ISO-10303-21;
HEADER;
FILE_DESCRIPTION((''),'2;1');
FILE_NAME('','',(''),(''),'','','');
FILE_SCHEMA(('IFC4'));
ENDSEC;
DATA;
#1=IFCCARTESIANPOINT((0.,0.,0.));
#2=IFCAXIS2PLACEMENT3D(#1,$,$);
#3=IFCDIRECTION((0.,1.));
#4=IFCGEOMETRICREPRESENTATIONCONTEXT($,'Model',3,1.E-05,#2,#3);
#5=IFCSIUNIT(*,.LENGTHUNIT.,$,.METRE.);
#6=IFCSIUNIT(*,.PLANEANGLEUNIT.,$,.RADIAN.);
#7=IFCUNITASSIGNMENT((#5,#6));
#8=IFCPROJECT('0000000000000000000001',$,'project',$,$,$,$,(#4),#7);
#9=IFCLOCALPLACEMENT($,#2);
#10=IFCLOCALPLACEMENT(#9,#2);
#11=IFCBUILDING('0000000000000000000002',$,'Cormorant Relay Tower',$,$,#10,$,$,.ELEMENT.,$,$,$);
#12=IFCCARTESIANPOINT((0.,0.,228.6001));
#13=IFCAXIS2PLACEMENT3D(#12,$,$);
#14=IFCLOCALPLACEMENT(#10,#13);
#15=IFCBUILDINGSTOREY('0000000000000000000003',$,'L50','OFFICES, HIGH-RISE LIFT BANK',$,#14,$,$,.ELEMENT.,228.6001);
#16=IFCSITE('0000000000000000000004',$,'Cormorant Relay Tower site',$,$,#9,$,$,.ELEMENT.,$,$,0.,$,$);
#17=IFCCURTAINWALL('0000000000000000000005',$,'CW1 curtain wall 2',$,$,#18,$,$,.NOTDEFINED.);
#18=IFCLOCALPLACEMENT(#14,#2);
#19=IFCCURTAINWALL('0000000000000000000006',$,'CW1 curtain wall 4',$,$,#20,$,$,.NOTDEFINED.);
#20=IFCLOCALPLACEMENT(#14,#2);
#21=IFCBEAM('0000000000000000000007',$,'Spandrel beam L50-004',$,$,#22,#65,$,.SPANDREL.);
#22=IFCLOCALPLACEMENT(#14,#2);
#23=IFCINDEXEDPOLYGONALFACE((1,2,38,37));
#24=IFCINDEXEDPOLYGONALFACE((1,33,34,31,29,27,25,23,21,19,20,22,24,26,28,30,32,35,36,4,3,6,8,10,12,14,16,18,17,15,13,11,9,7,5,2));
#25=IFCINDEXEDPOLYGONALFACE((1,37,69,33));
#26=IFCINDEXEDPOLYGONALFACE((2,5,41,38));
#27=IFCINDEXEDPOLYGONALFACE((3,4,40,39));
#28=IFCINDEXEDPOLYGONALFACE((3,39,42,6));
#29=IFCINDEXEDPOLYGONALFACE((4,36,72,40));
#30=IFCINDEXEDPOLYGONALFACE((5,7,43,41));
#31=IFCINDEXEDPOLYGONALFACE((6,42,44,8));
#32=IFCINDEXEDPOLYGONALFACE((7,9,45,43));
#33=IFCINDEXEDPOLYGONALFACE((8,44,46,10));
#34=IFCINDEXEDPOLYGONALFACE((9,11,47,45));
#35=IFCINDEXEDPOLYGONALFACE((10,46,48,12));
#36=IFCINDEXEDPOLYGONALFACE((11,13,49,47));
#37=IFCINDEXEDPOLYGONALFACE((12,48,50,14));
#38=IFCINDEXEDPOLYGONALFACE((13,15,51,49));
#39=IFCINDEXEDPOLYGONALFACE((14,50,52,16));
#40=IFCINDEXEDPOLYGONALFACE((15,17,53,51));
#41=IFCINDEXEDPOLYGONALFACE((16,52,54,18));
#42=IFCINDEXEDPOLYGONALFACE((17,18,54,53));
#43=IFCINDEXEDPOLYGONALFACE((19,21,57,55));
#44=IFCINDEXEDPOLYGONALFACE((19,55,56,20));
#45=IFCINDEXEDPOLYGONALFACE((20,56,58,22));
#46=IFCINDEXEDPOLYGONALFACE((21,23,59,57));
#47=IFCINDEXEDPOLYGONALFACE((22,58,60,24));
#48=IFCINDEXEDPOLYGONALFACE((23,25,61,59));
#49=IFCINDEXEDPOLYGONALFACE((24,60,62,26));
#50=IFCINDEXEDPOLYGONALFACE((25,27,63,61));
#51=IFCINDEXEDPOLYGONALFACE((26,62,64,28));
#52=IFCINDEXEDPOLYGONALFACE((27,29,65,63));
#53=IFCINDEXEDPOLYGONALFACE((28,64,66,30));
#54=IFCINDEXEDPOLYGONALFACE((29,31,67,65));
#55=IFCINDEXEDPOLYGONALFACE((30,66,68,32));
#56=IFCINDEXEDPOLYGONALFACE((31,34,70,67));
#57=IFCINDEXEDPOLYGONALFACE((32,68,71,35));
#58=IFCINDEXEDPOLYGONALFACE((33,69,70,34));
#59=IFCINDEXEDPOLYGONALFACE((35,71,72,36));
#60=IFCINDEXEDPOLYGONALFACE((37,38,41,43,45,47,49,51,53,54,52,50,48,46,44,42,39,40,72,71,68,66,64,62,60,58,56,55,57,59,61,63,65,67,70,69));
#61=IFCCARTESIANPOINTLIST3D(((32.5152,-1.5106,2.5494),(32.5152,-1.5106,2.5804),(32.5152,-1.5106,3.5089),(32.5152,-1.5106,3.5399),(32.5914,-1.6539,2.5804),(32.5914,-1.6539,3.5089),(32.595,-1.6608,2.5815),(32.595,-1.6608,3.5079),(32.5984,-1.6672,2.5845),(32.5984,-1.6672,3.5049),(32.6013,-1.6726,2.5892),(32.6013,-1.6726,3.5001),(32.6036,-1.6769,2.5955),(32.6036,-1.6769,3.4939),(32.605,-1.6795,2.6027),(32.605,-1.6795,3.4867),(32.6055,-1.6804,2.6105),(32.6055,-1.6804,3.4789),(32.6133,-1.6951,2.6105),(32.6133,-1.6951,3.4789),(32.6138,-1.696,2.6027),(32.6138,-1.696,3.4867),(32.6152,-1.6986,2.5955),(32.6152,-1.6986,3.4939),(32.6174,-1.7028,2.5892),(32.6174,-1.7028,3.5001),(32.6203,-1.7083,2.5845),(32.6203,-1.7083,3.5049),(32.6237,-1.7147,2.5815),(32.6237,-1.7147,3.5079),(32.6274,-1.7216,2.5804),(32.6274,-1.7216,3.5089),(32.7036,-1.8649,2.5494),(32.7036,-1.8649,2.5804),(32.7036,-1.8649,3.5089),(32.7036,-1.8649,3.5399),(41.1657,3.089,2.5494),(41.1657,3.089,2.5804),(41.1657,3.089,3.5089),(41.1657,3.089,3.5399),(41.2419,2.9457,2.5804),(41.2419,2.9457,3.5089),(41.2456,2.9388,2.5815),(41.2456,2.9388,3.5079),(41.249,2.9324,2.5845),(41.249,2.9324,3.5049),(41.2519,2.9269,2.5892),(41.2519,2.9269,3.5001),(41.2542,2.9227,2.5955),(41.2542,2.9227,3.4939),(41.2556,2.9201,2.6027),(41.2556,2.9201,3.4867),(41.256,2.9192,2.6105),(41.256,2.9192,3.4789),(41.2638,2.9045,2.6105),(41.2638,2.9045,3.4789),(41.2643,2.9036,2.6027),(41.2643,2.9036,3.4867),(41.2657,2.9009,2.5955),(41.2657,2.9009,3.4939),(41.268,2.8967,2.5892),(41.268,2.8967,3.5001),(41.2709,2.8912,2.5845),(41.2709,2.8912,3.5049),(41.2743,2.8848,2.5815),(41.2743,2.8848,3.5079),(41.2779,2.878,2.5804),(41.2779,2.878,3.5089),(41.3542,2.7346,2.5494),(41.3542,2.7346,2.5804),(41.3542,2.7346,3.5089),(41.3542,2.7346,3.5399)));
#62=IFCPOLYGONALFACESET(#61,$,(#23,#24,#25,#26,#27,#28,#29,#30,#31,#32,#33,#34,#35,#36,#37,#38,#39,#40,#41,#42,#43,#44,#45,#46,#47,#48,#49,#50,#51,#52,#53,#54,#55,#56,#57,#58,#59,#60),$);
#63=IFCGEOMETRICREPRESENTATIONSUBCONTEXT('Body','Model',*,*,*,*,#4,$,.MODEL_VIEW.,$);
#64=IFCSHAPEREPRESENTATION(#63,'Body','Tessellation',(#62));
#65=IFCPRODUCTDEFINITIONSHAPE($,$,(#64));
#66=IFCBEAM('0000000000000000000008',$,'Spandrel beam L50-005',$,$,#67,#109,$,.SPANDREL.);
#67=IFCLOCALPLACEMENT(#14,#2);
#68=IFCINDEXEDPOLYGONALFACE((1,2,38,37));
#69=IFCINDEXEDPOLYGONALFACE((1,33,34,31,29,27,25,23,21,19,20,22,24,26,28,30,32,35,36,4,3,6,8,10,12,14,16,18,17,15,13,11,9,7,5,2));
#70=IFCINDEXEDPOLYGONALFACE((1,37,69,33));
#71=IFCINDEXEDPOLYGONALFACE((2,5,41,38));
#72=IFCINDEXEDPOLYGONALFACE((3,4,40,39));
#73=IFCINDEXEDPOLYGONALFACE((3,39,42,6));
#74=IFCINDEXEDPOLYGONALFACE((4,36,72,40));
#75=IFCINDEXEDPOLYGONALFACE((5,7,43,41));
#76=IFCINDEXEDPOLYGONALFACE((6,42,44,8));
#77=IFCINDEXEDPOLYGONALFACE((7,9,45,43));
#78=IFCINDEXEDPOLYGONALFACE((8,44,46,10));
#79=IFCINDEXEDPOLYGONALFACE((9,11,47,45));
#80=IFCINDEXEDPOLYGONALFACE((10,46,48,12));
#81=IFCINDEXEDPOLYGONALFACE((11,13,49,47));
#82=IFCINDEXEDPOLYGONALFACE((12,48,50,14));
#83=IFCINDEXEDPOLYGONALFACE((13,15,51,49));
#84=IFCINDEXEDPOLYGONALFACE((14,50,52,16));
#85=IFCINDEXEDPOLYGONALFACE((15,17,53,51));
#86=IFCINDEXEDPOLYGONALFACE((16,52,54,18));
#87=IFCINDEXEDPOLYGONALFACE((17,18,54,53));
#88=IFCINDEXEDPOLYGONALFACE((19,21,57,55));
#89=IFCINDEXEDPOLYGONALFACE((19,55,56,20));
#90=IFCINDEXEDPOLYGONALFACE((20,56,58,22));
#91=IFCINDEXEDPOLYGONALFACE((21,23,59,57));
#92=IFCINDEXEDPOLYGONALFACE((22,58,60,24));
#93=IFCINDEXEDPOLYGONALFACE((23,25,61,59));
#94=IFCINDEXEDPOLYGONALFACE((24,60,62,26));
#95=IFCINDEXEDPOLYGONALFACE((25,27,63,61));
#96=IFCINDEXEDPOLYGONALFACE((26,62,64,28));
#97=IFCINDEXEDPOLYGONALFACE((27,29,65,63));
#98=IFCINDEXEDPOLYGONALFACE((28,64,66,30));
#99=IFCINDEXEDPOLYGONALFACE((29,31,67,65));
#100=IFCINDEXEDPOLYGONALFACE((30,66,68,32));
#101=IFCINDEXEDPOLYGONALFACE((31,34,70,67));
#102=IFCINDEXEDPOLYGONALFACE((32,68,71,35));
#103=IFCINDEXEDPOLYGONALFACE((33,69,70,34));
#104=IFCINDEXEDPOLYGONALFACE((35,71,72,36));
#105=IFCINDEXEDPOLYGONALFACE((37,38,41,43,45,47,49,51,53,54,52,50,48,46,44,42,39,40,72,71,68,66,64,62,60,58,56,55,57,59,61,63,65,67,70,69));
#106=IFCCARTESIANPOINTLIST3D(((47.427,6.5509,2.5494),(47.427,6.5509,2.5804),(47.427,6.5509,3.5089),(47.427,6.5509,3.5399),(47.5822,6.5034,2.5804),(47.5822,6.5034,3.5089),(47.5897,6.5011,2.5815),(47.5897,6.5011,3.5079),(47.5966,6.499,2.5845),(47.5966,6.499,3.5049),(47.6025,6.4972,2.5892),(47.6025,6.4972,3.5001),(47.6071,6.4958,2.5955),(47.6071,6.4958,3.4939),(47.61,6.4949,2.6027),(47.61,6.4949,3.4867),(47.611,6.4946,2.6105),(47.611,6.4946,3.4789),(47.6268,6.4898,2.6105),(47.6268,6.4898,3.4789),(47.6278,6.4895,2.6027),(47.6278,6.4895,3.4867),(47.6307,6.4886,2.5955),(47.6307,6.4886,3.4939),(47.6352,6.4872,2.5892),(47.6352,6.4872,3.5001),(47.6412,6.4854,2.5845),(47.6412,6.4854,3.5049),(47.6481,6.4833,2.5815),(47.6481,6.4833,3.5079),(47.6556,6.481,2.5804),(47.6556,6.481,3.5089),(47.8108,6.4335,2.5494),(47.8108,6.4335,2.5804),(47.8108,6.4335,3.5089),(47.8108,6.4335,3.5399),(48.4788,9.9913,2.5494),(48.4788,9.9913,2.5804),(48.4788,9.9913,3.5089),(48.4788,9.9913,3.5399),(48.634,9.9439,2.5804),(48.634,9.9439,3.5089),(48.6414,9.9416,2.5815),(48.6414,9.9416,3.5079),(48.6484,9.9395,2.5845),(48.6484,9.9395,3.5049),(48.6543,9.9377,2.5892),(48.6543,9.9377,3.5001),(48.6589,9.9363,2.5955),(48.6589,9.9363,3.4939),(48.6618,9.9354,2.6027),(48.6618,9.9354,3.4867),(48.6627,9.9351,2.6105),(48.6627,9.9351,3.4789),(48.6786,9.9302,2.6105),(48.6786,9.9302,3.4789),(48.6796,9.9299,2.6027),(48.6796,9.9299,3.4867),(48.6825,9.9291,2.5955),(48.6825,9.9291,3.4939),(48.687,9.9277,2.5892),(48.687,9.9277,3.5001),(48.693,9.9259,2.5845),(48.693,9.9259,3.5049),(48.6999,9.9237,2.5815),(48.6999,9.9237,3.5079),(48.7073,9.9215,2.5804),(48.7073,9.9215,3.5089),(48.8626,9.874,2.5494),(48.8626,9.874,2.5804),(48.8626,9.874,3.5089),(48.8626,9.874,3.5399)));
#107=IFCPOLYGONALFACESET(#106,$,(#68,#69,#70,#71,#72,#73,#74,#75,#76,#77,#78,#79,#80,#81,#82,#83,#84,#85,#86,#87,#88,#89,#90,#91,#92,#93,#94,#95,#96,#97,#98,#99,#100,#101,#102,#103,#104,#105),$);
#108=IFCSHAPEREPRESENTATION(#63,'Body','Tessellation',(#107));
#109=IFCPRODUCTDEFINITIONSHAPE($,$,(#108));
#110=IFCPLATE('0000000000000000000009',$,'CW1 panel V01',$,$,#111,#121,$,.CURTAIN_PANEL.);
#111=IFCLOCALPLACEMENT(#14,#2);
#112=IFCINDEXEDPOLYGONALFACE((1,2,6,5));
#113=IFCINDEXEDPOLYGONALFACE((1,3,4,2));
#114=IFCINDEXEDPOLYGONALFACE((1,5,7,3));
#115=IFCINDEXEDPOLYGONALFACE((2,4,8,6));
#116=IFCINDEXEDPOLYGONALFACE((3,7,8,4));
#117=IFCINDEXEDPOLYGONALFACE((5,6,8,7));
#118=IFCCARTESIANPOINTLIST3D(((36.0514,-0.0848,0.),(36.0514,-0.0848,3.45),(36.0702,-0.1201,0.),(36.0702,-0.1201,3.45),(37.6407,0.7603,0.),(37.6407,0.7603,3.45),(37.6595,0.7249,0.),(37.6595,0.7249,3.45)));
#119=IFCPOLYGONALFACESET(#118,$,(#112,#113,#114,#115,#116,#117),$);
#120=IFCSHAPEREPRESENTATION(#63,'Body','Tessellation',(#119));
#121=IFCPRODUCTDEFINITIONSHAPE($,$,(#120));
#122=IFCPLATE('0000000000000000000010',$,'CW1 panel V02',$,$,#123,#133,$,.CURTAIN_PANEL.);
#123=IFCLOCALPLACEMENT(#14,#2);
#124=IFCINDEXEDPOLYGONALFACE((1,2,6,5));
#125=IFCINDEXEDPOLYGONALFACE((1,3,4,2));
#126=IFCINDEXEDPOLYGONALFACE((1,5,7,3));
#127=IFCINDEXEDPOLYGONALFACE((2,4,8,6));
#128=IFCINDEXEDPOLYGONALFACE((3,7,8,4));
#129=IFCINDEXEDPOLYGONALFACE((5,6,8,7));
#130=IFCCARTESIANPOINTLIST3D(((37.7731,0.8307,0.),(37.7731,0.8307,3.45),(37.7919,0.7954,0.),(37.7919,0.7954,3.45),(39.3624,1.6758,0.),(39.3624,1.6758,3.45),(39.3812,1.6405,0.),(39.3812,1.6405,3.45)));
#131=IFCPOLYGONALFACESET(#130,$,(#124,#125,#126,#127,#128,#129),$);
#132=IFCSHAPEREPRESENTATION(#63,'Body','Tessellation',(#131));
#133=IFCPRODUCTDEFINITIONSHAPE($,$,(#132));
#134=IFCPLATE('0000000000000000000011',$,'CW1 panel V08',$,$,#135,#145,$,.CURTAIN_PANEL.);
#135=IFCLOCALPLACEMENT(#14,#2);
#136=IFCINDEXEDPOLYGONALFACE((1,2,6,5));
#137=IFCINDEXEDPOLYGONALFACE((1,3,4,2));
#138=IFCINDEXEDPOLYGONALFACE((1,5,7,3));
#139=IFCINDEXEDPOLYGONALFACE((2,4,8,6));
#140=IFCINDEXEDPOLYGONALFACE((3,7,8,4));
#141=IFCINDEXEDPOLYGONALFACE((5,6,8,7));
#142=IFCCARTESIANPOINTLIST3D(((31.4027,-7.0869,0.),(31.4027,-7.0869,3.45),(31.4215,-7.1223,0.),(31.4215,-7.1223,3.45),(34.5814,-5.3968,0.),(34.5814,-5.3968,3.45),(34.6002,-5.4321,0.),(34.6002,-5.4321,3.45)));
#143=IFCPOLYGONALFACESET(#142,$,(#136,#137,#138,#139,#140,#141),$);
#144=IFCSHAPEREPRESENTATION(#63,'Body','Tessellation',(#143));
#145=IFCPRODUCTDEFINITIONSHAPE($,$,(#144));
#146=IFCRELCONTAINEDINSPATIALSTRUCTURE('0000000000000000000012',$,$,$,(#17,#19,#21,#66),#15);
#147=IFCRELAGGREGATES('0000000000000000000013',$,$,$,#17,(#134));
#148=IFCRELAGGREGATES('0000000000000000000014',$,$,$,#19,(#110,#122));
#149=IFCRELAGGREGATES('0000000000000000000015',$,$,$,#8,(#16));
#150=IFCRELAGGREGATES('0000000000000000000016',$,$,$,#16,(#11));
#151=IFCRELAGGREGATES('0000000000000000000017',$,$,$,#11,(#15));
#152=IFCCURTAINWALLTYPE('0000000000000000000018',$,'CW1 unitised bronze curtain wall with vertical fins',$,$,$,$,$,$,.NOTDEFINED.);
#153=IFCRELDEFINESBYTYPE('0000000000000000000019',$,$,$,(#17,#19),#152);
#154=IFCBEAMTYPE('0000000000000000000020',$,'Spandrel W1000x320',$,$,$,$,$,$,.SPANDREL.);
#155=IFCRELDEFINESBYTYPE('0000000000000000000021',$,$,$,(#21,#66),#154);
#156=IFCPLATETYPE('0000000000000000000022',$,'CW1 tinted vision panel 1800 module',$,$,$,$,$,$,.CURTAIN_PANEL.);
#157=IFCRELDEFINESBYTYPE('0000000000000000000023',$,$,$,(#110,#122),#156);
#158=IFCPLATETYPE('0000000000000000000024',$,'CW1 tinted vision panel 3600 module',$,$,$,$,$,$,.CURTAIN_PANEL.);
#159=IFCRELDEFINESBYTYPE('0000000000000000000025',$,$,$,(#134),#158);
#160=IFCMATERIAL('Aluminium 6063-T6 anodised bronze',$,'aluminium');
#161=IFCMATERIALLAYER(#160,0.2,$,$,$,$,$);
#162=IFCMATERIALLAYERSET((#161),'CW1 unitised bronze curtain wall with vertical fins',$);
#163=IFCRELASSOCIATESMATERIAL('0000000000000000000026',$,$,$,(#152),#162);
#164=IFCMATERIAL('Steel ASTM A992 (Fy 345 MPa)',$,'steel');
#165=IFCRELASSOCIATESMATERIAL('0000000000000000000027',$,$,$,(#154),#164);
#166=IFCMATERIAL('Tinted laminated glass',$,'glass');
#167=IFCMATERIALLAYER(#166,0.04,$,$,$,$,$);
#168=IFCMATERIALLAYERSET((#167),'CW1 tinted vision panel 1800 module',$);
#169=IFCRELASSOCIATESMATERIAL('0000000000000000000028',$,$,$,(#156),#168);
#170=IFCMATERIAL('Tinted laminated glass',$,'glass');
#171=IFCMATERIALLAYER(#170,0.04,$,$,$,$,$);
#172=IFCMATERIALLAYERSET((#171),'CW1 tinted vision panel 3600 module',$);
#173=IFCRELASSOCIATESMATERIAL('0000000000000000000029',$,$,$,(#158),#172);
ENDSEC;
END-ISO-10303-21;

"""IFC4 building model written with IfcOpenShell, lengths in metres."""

from ifc_helpers import new_model, si_unit, direction, frame, origin, origin_2d, place, context, subcontext, project, spatial, rectangle, i_section, extrude, material, layer, layer_set, material_profile, profile_set, type_object, element, aggregate, save


model = new_model("IFC4")

# Units and contexts
model_context = context("Model", 3, precision=1e-05, world=origin(), true_north=direction((0.0, 1.0)))
body_context = subcontext(model_context, "Body", "Model", "MODEL_VIEW")
ifc_project = project(units=[si_unit("LENGTHUNIT", "METRE"), si_unit("PLANEANGLEUNIT", "RADIAN")], contexts=[model_context])

# Site, building, storey
site_placement = place(None, origin())
site = spatial("IfcSite", under=ifc_project, at=site_placement, Name="Cormorant Relay Tower site", CompositionType="ELEMENT", RefElevation=0.0)
building_placement = place(site_placement, origin())
building = spatial("IfcBuilding", under=site, at=building_placement, Name="Cormorant Relay Tower", CompositionType="ELEMENT")
storey_placement = place(building_placement, frame((0.0, 0.0, 228.6001)))
storey = spatial("IfcBuildingStorey", under=building, at=storey_placement, Name="L50", Description="OFFICES, HIGH-RISE LIFT BANK", CompositionType="ELEMENT", Elevation=228.6001)

# Curtain wall
ifc_material_1 = material(Name="Aluminium 6063-T6 anodised bronze", Category="aluminium")
ifc_layer_1 = layer(ifc_material_1, 0.2)
ifc_layer_set_1 = layer_set([ifc_layer_1], Name="CW1 unitised bronze curtain wall with vertical fins")
curtain_wall_type = type_object("IfcCurtainWallType", Name="CW1 unitised bronze curtain wall with vertical fins", PredefinedType="NOTDEFINED", material=ifc_layer_set_1)
curtain_wall_1_placement = place(storey_placement, origin())
curtain_wall_1 = element("IfcCurtainWall", 1, at=curtain_wall_1_placement, inside=storey, type_object=curtain_wall_type, Name="CW1 curtain wall 2", PredefinedType="NOTDEFINED")

# Curtain wall
curtain_wall_2_placement = place(storey_placement, origin())
curtain_wall_2 = element("IfcCurtainWall", 2, at=curtain_wall_2_placement, inside=storey, type_object=curtain_wall_type, Name="CW1 curtain wall 4", PredefinedType="NOTDEFINED")

# Beams
ifc_material_2 = material(Name="Steel ASTM A992 (Fy 345 MPa)", Category="steel")
ifc_material_profile_1 = material_profile(ifc_material_2, i_section(OverallWidth=0.4014, OverallDepth=0.9905, WebThickness=0.0166, FlangeThickness=0.031, FilletRadius=0.03, at=origin_2d()), Name="W1000x320")
ifc_profile_set_1 = profile_set([ifc_material_profile_1], Name="Steel ASTM A992 (Fy 345 MPa)")
beam_type = type_object("IfcBeamType", Name="Spandrel W1000x320", PredefinedType="SPANDREL", material=ifc_profile_set_1)
beam_1_placement = place(storey_placement, frame((32.6094, -1.6877, 3.0447), z_axis=(0.882948, 0.46947, 0.0), x_axis=(-0.46947, 0.882948, 0.0)))
element("IfcBeam", 3, at=beam_1_placement, inside=storey, type_object=beam_type, Name="Spandrel beam L50-004", PredefinedType="SPANDREL", context=body_context, shape_type="SweptSolid", body=[
    extrude(i_section(OverallWidth=0.4014, OverallDepth=0.9905, WebThickness=0.0166, FlangeThickness=0.031, FilletRadius=0.03, at=origin_2d()), origin(), (0.0, 0.0, 1.0), 9.7974),
])
beam_2_placement = place(storey_placement, frame((47.6189, 6.4922, 3.0447), z_axis=(0.29235, 0.956312, 0.0), x_axis=(-0.956312, 0.29235, 0.0)))
element("IfcBeam", 4, at=beam_2_placement, inside=storey, type_object=beam_type, Name="Spandrel beam L50-005", PredefinedType="SPANDREL", context=body_context, shape_type="SweptSolid", body=[
    extrude(i_section(OverallWidth=0.4014, OverallDepth=0.9905, WebThickness=0.0166, FlangeThickness=0.031, FilletRadius=0.03, at=origin_2d()), origin(), (0.0, 0.0, 1.0), 3.5977),
])

# Plates
ifc_material_3 = material(Name="Tinted laminated glass", Category="glass")
ifc_layer_2 = layer(ifc_material_3, 0.04)
ifc_layer_set_2 = layer_set([ifc_layer_2], Name="CW1 tinted vision panel 1800 module")
plate_type_1 = type_object("IfcPlateType", Name="CW1 tinted vision panel 1800 module", PredefinedType="CURTAIN_PANEL", material=ifc_layer_set_2)
plate_1_placement = place(storey_placement, frame((36.8555, 0.3201, 0.0), z_axis=(0.0, 0.0, 1.0), x_axis=(0.882948, 0.469472, 0.0)))
plate_1 = element("IfcPlate", 5, at=plate_1_placement, type_object=plate_type_1, Name="CW1 panel V01", PredefinedType="CURTAIN_PANEL", context=body_context, shape_type="SweptSolid", body=[
    extrude(rectangle(XDim=1.8, YDim=0.04, at=origin_2d()), origin(), (0.0, 0.0, 1.0), 3.45),
])
plate_2_placement = place(storey_placement, frame((38.5771, 1.2356, 0.0), z_axis=(0.0, 0.0, 1.0), x_axis=(0.882948, 0.469472, 0.0)))
plate_2 = element("IfcPlate", 6, at=plate_2_placement, type_object=plate_type_1, Name="CW1 panel V02", PredefinedType="CURTAIN_PANEL", context=body_context, shape_type="SweptSolid", body=[
    extrude(rectangle(XDim=1.8, YDim=0.04, at=origin_2d()), origin(), (0.0, 0.0, 1.0), 3.45),
])
ifc_material_4 = material(Name="Tinted laminated glass", Category="glass")
ifc_layer_3 = layer(ifc_material_4, 0.04)
ifc_layer_set_3 = layer_set([ifc_layer_3], Name="CW1 tinted vision panel 3600 module")
plate_type_2 = type_object("IfcPlateType", Name="CW1 tinted vision panel 3600 module", PredefinedType="CURTAIN_PANEL", material=ifc_layer_set_3)
plate_3_placement = place(storey_placement, frame((33.0015, -6.2595, 0.0), z_axis=(0.0, 0.0, 1.0), x_axis=(0.882948, 0.469472, 0.0)))
plate_3 = element("IfcPlate", 7, at=plate_3_placement, type_object=plate_type_2, Name="CW1 panel V08", PredefinedType="CURTAIN_PANEL", context=body_context, shape_type="SweptSolid", body=[
    extrude(rectangle(XDim=3.6001, YDim=0.04, at=origin_2d()), origin(), (0.0, 0.0, 1.0), 3.45),
])

aggregate(curtain_wall_1, [plate_3])
aggregate(curtain_wall_2, [plate_1, plate_2])

save(model, "model.ifc")
